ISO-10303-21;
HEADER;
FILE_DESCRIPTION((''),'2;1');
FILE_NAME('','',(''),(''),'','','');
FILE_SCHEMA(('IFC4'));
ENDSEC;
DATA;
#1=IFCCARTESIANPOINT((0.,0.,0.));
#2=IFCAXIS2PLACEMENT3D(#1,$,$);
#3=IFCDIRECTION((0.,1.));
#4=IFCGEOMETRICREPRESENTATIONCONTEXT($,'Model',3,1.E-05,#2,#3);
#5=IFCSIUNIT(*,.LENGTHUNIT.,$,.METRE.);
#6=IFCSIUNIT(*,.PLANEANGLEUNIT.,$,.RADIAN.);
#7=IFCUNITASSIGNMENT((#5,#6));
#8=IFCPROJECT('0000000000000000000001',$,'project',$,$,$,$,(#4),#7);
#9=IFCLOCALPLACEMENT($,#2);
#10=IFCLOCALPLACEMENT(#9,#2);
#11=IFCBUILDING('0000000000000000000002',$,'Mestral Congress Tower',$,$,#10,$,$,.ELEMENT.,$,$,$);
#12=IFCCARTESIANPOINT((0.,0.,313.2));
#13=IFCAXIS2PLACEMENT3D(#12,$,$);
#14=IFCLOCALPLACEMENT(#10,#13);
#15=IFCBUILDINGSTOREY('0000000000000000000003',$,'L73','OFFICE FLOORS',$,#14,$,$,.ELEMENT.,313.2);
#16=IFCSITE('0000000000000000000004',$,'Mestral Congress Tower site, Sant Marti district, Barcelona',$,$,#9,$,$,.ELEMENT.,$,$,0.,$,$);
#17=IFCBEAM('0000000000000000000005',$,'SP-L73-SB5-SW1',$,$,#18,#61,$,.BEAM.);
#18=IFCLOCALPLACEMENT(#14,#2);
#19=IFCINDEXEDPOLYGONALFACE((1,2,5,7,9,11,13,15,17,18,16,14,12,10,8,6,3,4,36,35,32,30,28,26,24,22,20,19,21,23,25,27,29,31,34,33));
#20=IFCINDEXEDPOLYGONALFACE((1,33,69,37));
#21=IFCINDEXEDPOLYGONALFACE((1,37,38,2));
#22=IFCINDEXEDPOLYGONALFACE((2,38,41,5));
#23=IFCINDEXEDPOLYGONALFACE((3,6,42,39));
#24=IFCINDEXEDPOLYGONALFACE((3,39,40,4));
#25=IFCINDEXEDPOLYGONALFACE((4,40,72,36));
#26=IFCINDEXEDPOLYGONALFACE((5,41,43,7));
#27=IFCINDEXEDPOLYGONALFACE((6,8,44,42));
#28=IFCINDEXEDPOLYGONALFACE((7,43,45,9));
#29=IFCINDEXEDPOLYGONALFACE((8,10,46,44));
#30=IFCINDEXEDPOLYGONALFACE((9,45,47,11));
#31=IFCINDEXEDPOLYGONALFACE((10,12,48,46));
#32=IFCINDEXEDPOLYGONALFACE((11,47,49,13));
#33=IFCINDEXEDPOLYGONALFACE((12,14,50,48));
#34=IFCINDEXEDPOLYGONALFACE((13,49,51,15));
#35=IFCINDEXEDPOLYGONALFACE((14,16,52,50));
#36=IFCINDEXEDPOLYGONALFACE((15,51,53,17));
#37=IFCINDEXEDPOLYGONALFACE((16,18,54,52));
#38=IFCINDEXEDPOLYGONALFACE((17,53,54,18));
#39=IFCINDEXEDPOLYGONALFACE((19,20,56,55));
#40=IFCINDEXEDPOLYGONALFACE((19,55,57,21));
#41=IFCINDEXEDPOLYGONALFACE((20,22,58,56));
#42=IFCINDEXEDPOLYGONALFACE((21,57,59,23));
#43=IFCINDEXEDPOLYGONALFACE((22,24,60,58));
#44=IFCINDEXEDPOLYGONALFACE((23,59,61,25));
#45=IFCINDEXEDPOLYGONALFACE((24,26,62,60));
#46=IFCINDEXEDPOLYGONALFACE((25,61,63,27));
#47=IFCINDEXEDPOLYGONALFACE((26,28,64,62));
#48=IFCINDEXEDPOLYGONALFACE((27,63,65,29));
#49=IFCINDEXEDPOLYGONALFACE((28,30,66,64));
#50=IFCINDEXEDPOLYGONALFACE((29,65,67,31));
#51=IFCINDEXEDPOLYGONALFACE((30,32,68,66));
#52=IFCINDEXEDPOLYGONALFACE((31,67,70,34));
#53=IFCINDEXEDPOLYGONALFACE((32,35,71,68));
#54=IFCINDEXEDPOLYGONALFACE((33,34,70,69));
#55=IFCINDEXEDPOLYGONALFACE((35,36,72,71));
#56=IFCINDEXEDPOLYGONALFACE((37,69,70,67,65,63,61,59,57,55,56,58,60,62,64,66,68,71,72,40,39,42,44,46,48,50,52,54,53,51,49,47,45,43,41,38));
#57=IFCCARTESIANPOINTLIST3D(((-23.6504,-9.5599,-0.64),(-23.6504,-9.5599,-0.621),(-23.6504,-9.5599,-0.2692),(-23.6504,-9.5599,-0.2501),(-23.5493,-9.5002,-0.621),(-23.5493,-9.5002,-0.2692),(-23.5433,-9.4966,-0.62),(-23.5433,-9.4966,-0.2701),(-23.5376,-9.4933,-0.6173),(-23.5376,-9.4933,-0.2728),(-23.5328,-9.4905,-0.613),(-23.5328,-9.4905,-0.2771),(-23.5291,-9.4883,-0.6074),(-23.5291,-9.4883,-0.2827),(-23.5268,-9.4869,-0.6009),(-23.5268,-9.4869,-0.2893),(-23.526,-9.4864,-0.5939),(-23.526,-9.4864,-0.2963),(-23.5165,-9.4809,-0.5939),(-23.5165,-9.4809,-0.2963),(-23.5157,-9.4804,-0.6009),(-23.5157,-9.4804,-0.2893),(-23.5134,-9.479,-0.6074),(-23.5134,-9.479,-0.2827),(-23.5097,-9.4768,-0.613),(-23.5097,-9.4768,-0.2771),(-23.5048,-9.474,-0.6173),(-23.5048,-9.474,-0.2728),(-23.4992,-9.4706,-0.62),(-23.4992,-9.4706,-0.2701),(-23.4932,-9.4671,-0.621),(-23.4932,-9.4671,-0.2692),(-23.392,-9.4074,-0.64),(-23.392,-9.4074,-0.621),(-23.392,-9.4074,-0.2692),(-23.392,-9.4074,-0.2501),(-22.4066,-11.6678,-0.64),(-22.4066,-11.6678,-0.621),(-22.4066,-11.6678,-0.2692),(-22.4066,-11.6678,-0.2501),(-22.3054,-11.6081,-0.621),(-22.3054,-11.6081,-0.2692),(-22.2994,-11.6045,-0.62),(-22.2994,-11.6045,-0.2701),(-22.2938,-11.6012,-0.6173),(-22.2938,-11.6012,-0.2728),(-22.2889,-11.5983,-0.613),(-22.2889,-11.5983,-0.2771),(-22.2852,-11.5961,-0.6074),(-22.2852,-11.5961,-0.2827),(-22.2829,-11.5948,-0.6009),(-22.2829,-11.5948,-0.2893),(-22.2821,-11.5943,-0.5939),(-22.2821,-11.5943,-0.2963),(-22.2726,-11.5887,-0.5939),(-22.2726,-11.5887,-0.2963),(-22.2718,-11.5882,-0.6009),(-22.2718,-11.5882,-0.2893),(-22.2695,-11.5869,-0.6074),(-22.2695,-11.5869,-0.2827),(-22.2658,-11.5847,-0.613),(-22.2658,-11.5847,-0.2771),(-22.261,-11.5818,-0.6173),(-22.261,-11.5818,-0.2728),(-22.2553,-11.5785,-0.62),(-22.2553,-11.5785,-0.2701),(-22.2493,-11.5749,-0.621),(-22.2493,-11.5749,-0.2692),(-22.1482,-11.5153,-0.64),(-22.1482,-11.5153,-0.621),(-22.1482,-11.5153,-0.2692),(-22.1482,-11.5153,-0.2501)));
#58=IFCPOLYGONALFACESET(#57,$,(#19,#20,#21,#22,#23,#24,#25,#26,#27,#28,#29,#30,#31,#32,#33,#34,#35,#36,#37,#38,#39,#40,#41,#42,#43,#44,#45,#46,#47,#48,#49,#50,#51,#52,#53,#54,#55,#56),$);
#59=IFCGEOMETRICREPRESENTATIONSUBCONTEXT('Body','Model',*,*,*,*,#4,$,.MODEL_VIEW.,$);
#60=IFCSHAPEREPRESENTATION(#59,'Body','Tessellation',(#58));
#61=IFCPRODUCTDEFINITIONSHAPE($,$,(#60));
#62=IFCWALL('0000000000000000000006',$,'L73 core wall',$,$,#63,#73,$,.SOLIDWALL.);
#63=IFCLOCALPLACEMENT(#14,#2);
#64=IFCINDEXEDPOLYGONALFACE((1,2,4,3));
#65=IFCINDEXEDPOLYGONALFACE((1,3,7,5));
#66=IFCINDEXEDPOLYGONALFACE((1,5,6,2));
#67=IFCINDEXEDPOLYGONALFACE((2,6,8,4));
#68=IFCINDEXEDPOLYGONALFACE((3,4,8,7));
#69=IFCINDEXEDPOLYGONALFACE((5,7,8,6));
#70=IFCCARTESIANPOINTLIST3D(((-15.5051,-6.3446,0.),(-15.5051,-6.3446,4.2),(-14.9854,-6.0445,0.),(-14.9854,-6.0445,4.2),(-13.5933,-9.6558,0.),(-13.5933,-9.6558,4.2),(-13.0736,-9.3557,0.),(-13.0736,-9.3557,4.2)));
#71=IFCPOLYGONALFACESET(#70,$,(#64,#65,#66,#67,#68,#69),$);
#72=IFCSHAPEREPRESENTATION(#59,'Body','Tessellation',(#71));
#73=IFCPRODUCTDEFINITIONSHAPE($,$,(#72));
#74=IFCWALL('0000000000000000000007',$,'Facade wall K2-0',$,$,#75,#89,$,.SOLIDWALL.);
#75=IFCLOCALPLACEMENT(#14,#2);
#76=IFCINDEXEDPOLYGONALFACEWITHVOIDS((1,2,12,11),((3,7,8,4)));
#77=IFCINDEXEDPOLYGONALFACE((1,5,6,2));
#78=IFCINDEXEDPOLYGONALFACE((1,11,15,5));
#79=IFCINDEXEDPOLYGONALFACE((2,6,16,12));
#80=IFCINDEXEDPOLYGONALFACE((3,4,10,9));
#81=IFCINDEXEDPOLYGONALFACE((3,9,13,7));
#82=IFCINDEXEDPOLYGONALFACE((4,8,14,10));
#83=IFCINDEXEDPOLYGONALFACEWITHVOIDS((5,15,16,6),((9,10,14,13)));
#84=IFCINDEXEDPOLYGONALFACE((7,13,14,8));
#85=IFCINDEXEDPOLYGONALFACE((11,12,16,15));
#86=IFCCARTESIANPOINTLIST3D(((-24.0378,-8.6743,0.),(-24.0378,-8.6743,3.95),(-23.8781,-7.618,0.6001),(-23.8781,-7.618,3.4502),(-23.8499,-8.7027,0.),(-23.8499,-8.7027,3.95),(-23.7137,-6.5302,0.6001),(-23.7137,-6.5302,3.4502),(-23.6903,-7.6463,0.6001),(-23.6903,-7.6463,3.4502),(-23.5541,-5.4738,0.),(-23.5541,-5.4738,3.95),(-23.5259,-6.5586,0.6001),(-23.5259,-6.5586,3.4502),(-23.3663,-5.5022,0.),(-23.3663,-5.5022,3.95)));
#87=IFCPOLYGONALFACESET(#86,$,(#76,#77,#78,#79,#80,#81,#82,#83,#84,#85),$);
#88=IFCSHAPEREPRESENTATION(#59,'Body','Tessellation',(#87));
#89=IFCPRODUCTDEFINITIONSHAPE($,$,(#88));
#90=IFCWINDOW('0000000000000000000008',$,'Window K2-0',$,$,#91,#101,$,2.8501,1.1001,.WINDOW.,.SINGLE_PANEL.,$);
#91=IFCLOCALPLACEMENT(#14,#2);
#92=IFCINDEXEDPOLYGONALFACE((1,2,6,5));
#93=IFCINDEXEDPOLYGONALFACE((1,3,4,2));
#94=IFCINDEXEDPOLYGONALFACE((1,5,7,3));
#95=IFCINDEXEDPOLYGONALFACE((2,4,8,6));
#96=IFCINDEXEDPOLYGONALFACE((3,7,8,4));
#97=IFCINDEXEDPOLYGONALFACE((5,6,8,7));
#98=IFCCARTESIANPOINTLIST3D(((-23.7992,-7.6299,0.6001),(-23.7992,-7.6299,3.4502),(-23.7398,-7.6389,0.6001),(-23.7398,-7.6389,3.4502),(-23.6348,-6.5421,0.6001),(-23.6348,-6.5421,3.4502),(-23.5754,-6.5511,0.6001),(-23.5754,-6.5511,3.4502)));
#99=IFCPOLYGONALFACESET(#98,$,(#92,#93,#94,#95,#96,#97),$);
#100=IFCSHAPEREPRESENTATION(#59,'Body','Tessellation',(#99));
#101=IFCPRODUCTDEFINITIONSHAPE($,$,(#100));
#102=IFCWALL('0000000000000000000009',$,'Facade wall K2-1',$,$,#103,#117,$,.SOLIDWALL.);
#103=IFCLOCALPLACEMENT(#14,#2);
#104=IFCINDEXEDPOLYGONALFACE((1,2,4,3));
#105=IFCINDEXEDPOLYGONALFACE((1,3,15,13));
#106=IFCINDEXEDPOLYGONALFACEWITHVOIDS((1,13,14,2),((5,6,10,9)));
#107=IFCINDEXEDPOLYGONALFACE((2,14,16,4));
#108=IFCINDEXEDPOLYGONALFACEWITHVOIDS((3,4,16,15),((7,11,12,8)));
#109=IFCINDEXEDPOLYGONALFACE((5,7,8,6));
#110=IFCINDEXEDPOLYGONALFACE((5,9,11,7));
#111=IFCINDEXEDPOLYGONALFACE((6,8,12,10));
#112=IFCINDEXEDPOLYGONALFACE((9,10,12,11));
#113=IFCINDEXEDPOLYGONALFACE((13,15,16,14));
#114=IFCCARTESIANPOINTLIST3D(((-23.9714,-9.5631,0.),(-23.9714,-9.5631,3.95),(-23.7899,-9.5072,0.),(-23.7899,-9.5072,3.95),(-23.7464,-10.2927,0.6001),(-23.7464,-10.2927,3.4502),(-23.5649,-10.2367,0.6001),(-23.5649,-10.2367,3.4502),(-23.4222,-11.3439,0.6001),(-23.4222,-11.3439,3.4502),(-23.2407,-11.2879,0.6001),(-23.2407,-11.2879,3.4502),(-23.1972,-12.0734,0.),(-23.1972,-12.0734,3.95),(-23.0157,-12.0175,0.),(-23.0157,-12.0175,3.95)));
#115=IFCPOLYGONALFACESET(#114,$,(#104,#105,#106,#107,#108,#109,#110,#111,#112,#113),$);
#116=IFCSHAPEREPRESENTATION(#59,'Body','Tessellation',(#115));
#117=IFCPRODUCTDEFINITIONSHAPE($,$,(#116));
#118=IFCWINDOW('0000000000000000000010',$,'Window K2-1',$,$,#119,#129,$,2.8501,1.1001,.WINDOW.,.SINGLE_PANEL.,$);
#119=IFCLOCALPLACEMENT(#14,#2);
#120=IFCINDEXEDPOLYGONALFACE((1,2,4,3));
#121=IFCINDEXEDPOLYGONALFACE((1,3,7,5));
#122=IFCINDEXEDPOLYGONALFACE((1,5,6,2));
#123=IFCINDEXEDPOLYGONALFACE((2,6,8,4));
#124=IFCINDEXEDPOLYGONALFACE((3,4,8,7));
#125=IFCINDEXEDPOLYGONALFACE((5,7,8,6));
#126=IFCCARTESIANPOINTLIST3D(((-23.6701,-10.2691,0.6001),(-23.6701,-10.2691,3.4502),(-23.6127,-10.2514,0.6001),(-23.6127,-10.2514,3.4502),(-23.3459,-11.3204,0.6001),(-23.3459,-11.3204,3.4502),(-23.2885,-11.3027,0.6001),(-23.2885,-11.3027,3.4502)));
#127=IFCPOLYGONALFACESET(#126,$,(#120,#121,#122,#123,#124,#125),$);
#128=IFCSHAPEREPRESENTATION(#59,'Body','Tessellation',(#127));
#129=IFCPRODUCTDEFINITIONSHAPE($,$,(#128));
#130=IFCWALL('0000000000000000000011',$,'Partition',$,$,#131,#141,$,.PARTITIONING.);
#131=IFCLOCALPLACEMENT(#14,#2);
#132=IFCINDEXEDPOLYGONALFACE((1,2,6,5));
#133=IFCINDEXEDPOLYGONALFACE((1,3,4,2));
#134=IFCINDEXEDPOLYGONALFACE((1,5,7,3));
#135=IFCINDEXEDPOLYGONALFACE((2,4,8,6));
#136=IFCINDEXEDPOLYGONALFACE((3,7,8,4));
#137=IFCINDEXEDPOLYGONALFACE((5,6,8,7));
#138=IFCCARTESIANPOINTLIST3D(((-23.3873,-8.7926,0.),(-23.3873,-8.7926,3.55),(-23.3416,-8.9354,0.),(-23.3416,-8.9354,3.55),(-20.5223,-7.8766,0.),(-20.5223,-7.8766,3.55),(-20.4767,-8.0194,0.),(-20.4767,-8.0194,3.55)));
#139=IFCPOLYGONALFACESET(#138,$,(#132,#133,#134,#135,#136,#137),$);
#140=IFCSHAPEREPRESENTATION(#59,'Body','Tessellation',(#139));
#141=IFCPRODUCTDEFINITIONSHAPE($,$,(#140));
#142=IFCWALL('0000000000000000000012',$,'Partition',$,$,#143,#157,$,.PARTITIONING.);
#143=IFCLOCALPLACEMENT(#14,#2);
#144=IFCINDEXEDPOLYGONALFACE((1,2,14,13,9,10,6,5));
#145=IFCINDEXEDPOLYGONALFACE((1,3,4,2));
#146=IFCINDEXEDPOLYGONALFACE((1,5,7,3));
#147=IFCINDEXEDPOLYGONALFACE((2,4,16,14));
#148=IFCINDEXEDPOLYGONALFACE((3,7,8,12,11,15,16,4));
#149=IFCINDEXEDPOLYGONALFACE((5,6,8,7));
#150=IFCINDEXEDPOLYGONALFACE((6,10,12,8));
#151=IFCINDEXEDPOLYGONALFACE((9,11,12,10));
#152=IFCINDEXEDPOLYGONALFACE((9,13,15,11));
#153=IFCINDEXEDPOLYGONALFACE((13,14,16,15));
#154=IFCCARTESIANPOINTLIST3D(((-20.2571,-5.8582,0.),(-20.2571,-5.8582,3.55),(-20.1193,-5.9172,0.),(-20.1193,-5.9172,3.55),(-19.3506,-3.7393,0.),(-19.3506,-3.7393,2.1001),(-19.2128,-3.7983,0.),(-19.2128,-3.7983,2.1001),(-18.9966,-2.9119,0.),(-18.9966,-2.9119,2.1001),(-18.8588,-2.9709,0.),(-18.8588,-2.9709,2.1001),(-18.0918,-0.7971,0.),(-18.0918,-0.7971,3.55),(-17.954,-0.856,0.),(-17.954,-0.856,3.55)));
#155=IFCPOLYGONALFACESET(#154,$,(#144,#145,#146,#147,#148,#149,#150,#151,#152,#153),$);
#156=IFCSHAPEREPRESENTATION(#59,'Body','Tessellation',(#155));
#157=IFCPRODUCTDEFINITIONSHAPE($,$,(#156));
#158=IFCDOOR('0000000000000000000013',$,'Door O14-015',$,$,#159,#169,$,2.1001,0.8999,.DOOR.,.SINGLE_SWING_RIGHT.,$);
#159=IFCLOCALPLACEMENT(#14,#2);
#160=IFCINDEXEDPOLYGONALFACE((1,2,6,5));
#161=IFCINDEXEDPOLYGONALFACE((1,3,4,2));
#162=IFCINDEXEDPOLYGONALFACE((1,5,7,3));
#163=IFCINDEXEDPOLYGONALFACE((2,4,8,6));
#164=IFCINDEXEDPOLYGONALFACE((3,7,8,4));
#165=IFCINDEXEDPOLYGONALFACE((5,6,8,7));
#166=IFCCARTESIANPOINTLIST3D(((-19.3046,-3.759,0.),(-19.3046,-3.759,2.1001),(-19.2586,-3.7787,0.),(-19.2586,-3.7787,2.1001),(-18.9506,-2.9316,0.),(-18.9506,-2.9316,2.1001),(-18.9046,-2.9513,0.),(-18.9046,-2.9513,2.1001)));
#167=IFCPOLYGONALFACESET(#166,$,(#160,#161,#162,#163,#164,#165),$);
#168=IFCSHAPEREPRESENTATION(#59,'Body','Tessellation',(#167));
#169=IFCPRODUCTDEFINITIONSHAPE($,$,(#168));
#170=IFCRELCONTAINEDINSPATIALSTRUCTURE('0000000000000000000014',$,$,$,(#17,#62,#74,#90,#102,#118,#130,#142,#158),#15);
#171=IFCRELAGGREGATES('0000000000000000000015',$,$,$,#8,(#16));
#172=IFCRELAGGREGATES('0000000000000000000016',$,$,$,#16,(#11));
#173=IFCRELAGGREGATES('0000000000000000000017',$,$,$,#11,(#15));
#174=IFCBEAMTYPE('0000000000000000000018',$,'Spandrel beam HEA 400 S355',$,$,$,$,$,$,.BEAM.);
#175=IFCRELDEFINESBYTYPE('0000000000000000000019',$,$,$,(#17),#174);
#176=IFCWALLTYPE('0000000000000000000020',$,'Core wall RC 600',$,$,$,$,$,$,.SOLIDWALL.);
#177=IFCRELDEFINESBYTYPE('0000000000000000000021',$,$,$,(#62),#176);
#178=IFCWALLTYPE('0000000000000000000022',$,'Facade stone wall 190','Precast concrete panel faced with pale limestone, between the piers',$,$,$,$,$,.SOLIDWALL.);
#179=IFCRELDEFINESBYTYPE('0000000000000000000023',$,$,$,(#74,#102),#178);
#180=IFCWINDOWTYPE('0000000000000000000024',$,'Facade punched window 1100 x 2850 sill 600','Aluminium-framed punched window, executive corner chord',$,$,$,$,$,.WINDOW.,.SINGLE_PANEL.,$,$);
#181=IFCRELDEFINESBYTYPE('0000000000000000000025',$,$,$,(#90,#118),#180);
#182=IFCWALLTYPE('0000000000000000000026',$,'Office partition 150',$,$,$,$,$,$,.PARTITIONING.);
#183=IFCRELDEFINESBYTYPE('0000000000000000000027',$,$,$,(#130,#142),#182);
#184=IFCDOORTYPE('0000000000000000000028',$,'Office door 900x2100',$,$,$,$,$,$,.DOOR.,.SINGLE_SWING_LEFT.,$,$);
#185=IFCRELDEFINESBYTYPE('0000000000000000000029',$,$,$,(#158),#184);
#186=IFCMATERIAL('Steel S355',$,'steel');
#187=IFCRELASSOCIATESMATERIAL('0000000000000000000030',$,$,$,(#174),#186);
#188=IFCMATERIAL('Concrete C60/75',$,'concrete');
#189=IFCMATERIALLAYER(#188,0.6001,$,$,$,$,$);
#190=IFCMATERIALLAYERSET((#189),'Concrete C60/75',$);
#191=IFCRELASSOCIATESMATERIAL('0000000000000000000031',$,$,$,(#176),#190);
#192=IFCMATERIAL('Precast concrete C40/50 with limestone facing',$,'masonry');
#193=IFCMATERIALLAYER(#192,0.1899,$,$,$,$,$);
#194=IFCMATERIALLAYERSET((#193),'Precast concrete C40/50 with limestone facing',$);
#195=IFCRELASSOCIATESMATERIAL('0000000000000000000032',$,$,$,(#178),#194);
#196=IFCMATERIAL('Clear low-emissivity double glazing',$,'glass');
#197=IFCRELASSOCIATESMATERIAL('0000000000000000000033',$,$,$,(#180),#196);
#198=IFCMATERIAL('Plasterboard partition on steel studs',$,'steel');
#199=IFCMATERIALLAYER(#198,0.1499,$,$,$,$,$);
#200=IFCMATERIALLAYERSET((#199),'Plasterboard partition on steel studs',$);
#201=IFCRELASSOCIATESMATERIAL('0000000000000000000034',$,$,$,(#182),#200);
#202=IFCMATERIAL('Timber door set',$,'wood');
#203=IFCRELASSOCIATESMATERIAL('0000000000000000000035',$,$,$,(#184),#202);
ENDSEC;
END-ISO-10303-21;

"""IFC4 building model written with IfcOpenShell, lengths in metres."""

from ifc_helpers import new_model, si_unit, direction, frame, frame_2d, origin, origin_2d, place, context, subcontext, project, spatial, rectangle, i_section, extrude, material, layer, layer_set, material_profile, profile_set, type_object, element, fill, save


model = new_model("IFC4")

# Units and contexts
model_context = context("Model", 3, precision=1e-05, world=origin(), true_north=direction((0.0, 1.0)))
body_context = subcontext(model_context, "Body", "Model", "MODEL_VIEW")
ifc_project = project(units=[si_unit("LENGTHUNIT", "METRE"), si_unit("PLANEANGLEUNIT", "RADIAN")], contexts=[model_context])

# Site, building, storey
site_placement = place(None, origin())
site = spatial("IfcSite", under=ifc_project, at=site_placement, Name="Mestral Congress Tower site, Sant Marti district, Barcelona", CompositionType="ELEMENT", RefElevation=0.0)
building_placement = place(site_placement, origin())
building = spatial("IfcBuilding", under=site, at=building_placement, Name="Mestral Congress Tower", CompositionType="ELEMENT")
storey_placement = place(building_placement, frame((0.0, 0.0, 313.2)))
storey = spatial("IfcBuildingStorey", under=building, at=storey_placement, Name="L73", Description="OFFICE FLOORS", CompositionType="ELEMENT", Elevation=313.2)

# Shared definitions
ifc_material_1 = material(Name="Concrete C60/75", Category="concrete")

# Beam
ifc_material_2 = material(Name="Steel S355", Category="steel")
ifc_material_profile_1 = material_profile(ifc_material_2, i_section(OverallWidth=0.3, OverallDepth=0.3899, WebThickness=0.011, FlangeThickness=0.019, FilletRadius=0.0271, at=origin_2d()), Name="HEA 400")
ifc_profile_set_1 = profile_set([ifc_material_profile_1], Name="Steel S355")
beam_type_1 = type_object("IfcBeamType", Name="Spandrel beam HEA 400 S355", PredefinedType="BEAM", material=ifc_profile_set_1)
beam_1_placement = place(storey_placement, frame((-23.5212, -9.4836, -0.4451), z_axis=(0.508218, -0.861228, 0.0), x_axis=(0.861228, 0.508218, 0.0)))
element("IfcBeam", 1, at=beam_1_placement, inside=storey, type_object=beam_type_1, Name="SP-L73-SB5-SW1", PredefinedType="BEAM", context=body_context, shape_type="SweptSolid", body=[
    extrude(i_section(OverallWidth=0.3, OverallDepth=0.3899, WebThickness=0.011, FlangeThickness=0.019, FilletRadius=0.0271, at=origin_2d()), origin(), (0.0, 0.0, 1.0), 2.4475),
])

# Wall
ifc_layer_1 = layer(ifc_material_1, 0.6001)
ifc_layer_set_1 = layer_set([ifc_layer_1], Name="Concrete C60/75")
wall_type_1 = type_object("IfcWallType", Name="Core wall RC 600", PredefinedType="SOLIDWALL", material=ifc_layer_set_1)
wall_1_placement = place(storey_placement, frame((-13.3335, -9.5056, 0.0), z_axis=(0.0, 0.0, 1.0), x_axis=(-0.500019, 0.866014, 0.0)))
element("IfcWall", 2, at=wall_1_placement, inside=storey, type_object=wall_type_1, Name="L73 core wall", PredefinedType="SOLIDWALL", context=body_context, shape_type="SweptSolid", body=[
    extrude(rectangle(XDim=3.8235, YDim=0.6001, at=frame_2d((1.9116, 0.0))), origin(), (0.0, 0.0, 1.0), 4.2),
])

# Walls, openings, windows
ifc_material_3 = material(Name="Precast concrete C40/50 with limestone facing", Category="masonry")
ifc_layer_2 = layer(ifc_material_3, 0.1899)
ifc_layer_set_2 = layer_set([ifc_layer_2], Name="Precast concrete C40/50 with limestone facing")
wall_type_2 = type_object("IfcWallType", Name="Facade stone wall 190", Description="Precast concrete panel faced with pale limestone, between the piers", PredefinedType="SOLIDWALL", material=ifc_layer_set_2)
wall_2_placement = place(storey_placement, frame((-23.4602, -5.488, 0.0), z_axis=(0.0, 0.0, 1.0), x_axis=(-0.149421, -0.988774, 0.0)))
wall_2 = element("IfcWall", 3, at=wall_2_placement, inside=storey, type_object=wall_type_2, Name="Facade wall K2-0", PredefinedType="SOLIDWALL", context=body_context, shape_type="SweptSolid", body=[
    extrude(rectangle(XDim=3.2368, YDim=0.1899, at=frame_2d((1.6184, 0.0))), origin(), (0.0, 0.0, 1.0), 3.95),
])
opening_1_placement = place(wall_2_placement, frame((1.0684, 0.0, 0.6001)))
opening_1 = element("IfcOpeningElement", 4, at=opening_1_placement, cuts=wall_2, PredefinedType="OPENING", context=body_context, shape_type="SweptSolid", body=[
    extrude(rectangle(XDim=1.1001, YDim=2.8501, at=frame_2d((0.55, 1.425))), frame((0.0, 0.105, 0.0), z_axis=(0.0, -1.0, 0.0), x_axis=(1.0, 0.0, 0.0)), (0.0, 0.0, 1.0), 0.21),
])
ifc_material_4 = material(Name="Clear low-emissivity double glazing", Category="glass")
window_type = type_object("IfcWindowType", Name="Facade punched window 1100 x 2850 sill 600", Description="Aluminium-framed punched window, executive corner chord", PartitioningType="SINGLE_PANEL", PredefinedType="WINDOW", material=ifc_material_4)
window_1_placement = place(opening_1_placement, origin())
window_1 = element("IfcWindow", 5, at=window_1_placement, inside=storey, type_object=window_type, Name="Window K2-0", OverallHeight=2.8501, OverallWidth=1.1001, PartitioningType="SINGLE_PANEL", PredefinedType="WINDOW", context=body_context, shape_type="SweptSolid", body=[
    extrude(rectangle(XDim=1.1001, YDim=2.8501, at=frame_2d((0.55, 1.425))), frame((0.0, 0.0449, 0.0), z_axis=(0.0, -1.0, 0.0), x_axis=(1.0, 0.0, 0.0)), (0.0, 0.0, 1.0), 0.0601),
])
fill(opening_1, window_1)
wall_3_placement = place(storey_placement, frame((-23.8806, -9.5352, 0.0), z_axis=(0.0, 0.0, 1.0), x_axis=(0.294706, -0.955588, 0.0)))
wall_3 = element("IfcWall", 6, at=wall_3_placement, inside=storey, type_object=wall_type_2, Name="Facade wall K2-1", PredefinedType="SOLIDWALL", context=body_context, shape_type="SweptSolid", body=[
    extrude(rectangle(XDim=2.627, YDim=0.1899, at=frame_2d((1.3135, 0.0))), origin(), (0.0, 0.0, 1.0), 3.95),
])
opening_2_placement = place(wall_3_placement, frame((0.7634, 0.0, 0.6001)))
opening_2 = element("IfcOpeningElement", 7, at=opening_2_placement, cuts=wall_3, PredefinedType="OPENING", context=body_context, shape_type="SweptSolid", body=[
    extrude(rectangle(XDim=1.1001, YDim=2.8501, at=frame_2d((0.55, 1.425))), frame((0.0, 0.105, 0.0), z_axis=(0.0, -1.0, 0.0), x_axis=(1.0, 0.0, 0.0)), (0.0, 0.0, 1.0), 0.21),
])
window_2_placement = place(opening_2_placement, origin())
window_2 = element("IfcWindow", 8, at=window_2_placement, inside=storey, type_object=window_type, Name="Window K2-1", OverallHeight=2.8501, OverallWidth=1.1001, PartitioningType="SINGLE_PANEL", PredefinedType="WINDOW", context=body_context, shape_type="SweptSolid", body=[
    extrude(rectangle(XDim=1.1001, YDim=2.8501, at=frame_2d((0.55, 1.425))), frame((0.0, 0.0449, 0.0), z_axis=(0.0, -1.0, 0.0), x_axis=(1.0, 0.0, 0.0)), (0.0, 0.0, 1.0), 0.0601),
])
fill(opening_2, window_2)

# Wall
ifc_material_5 = material(Name="Plasterboard partition on steel studs", Category="steel")
ifc_layer_3 = layer(ifc_material_5, 0.1499)
ifc_layer_set_3 = layer_set([ifc_layer_3], Name="Plasterboard partition on steel studs")
wall_type_3 = type_object("IfcWallType", Name="Office partition 150", PredefinedType="PARTITIONING", material=ifc_layer_set_3)
wall_4_placement = place(storey_placement, frame((-20.4995, -7.948, 0.0), z_axis=(0.0, 0.0, 1.0), x_axis=(-0.9525, -0.30454, 0.0)))
element("IfcWall", 9, at=wall_4_placement, inside=storey, type_object=wall_type_3, Name="Partition", PredefinedType="PARTITIONING", context=body_context, shape_type="SweptSolid", body=[
    extrude(rectangle(XDim=3.0078, YDim=0.1499, at=frame_2d((1.5039, 0.0))), origin(), (0.0, 0.0, 1.0), 3.55),
])

# Wall, opening, door
wall_5_placement = place(storey_placement, frame((-20.1882, -5.8877, 0.0), z_axis=(0.0, 0.0, 1.0), x_axis=(0.393346, 0.91939, 0.0)))
wall_5 = element("IfcWall", 10, at=wall_5_placement, inside=storey, type_object=wall_type_3, Name="Partition", PredefinedType="PARTITIONING", context=body_context, shape_type="SweptSolid", body=[
    extrude(rectangle(XDim=5.5049, YDim=0.1499, at=frame_2d((2.7524, 0.0))), origin(), (0.0, 0.0, 1.0), 3.55),
])
opening_3_placement = place(wall_5_placement, frame((2.3047, 0.0, 0.0)))
opening_3 = element("IfcOpeningElement", 11, at=opening_3_placement, cuts=wall_5, PredefinedType="OPENING", context=body_context, shape_type="SweptSolid", body=[
    extrude(rectangle(XDim=0.8999, YDim=2.1001, at=frame_2d((0.45, 1.05))), frame((0.0, 0.085, 0.0), z_axis=(0.0, -1.0, 0.0), x_axis=(1.0, 0.0, 0.0)), (0.0, 0.0, 1.0), 0.1699),
])
ifc_material_6 = material(Name="Timber door set", Category="wood")
door_type = type_object("IfcDoorType", Name="Office door 900x2100", OperationType="SINGLE_SWING_LEFT", PredefinedType="DOOR", material=ifc_material_6)
door_placement = place(opening_3_placement, origin())
door = element("IfcDoor", 12, at=door_placement, inside=storey, type_object=door_type, Name="Door O14-015", OperationType="SINGLE_SWING_RIGHT", OverallHeight=2.1001, OverallWidth=0.8999, PredefinedType="DOOR", context=body_context, shape_type="SweptSolid", body=[
    extrude(rectangle(XDim=0.8999, YDim=2.1001, at=frame_2d((0.45, 1.05))), frame((0.0, 0.0249, 0.0), z_axis=(0.0, -1.0, 0.0), x_axis=(1.0, 0.0, 0.0)), (0.0, 0.0, 1.0), 0.05),
])
fill(opening_3, door)

save(model, "model.ifc")
